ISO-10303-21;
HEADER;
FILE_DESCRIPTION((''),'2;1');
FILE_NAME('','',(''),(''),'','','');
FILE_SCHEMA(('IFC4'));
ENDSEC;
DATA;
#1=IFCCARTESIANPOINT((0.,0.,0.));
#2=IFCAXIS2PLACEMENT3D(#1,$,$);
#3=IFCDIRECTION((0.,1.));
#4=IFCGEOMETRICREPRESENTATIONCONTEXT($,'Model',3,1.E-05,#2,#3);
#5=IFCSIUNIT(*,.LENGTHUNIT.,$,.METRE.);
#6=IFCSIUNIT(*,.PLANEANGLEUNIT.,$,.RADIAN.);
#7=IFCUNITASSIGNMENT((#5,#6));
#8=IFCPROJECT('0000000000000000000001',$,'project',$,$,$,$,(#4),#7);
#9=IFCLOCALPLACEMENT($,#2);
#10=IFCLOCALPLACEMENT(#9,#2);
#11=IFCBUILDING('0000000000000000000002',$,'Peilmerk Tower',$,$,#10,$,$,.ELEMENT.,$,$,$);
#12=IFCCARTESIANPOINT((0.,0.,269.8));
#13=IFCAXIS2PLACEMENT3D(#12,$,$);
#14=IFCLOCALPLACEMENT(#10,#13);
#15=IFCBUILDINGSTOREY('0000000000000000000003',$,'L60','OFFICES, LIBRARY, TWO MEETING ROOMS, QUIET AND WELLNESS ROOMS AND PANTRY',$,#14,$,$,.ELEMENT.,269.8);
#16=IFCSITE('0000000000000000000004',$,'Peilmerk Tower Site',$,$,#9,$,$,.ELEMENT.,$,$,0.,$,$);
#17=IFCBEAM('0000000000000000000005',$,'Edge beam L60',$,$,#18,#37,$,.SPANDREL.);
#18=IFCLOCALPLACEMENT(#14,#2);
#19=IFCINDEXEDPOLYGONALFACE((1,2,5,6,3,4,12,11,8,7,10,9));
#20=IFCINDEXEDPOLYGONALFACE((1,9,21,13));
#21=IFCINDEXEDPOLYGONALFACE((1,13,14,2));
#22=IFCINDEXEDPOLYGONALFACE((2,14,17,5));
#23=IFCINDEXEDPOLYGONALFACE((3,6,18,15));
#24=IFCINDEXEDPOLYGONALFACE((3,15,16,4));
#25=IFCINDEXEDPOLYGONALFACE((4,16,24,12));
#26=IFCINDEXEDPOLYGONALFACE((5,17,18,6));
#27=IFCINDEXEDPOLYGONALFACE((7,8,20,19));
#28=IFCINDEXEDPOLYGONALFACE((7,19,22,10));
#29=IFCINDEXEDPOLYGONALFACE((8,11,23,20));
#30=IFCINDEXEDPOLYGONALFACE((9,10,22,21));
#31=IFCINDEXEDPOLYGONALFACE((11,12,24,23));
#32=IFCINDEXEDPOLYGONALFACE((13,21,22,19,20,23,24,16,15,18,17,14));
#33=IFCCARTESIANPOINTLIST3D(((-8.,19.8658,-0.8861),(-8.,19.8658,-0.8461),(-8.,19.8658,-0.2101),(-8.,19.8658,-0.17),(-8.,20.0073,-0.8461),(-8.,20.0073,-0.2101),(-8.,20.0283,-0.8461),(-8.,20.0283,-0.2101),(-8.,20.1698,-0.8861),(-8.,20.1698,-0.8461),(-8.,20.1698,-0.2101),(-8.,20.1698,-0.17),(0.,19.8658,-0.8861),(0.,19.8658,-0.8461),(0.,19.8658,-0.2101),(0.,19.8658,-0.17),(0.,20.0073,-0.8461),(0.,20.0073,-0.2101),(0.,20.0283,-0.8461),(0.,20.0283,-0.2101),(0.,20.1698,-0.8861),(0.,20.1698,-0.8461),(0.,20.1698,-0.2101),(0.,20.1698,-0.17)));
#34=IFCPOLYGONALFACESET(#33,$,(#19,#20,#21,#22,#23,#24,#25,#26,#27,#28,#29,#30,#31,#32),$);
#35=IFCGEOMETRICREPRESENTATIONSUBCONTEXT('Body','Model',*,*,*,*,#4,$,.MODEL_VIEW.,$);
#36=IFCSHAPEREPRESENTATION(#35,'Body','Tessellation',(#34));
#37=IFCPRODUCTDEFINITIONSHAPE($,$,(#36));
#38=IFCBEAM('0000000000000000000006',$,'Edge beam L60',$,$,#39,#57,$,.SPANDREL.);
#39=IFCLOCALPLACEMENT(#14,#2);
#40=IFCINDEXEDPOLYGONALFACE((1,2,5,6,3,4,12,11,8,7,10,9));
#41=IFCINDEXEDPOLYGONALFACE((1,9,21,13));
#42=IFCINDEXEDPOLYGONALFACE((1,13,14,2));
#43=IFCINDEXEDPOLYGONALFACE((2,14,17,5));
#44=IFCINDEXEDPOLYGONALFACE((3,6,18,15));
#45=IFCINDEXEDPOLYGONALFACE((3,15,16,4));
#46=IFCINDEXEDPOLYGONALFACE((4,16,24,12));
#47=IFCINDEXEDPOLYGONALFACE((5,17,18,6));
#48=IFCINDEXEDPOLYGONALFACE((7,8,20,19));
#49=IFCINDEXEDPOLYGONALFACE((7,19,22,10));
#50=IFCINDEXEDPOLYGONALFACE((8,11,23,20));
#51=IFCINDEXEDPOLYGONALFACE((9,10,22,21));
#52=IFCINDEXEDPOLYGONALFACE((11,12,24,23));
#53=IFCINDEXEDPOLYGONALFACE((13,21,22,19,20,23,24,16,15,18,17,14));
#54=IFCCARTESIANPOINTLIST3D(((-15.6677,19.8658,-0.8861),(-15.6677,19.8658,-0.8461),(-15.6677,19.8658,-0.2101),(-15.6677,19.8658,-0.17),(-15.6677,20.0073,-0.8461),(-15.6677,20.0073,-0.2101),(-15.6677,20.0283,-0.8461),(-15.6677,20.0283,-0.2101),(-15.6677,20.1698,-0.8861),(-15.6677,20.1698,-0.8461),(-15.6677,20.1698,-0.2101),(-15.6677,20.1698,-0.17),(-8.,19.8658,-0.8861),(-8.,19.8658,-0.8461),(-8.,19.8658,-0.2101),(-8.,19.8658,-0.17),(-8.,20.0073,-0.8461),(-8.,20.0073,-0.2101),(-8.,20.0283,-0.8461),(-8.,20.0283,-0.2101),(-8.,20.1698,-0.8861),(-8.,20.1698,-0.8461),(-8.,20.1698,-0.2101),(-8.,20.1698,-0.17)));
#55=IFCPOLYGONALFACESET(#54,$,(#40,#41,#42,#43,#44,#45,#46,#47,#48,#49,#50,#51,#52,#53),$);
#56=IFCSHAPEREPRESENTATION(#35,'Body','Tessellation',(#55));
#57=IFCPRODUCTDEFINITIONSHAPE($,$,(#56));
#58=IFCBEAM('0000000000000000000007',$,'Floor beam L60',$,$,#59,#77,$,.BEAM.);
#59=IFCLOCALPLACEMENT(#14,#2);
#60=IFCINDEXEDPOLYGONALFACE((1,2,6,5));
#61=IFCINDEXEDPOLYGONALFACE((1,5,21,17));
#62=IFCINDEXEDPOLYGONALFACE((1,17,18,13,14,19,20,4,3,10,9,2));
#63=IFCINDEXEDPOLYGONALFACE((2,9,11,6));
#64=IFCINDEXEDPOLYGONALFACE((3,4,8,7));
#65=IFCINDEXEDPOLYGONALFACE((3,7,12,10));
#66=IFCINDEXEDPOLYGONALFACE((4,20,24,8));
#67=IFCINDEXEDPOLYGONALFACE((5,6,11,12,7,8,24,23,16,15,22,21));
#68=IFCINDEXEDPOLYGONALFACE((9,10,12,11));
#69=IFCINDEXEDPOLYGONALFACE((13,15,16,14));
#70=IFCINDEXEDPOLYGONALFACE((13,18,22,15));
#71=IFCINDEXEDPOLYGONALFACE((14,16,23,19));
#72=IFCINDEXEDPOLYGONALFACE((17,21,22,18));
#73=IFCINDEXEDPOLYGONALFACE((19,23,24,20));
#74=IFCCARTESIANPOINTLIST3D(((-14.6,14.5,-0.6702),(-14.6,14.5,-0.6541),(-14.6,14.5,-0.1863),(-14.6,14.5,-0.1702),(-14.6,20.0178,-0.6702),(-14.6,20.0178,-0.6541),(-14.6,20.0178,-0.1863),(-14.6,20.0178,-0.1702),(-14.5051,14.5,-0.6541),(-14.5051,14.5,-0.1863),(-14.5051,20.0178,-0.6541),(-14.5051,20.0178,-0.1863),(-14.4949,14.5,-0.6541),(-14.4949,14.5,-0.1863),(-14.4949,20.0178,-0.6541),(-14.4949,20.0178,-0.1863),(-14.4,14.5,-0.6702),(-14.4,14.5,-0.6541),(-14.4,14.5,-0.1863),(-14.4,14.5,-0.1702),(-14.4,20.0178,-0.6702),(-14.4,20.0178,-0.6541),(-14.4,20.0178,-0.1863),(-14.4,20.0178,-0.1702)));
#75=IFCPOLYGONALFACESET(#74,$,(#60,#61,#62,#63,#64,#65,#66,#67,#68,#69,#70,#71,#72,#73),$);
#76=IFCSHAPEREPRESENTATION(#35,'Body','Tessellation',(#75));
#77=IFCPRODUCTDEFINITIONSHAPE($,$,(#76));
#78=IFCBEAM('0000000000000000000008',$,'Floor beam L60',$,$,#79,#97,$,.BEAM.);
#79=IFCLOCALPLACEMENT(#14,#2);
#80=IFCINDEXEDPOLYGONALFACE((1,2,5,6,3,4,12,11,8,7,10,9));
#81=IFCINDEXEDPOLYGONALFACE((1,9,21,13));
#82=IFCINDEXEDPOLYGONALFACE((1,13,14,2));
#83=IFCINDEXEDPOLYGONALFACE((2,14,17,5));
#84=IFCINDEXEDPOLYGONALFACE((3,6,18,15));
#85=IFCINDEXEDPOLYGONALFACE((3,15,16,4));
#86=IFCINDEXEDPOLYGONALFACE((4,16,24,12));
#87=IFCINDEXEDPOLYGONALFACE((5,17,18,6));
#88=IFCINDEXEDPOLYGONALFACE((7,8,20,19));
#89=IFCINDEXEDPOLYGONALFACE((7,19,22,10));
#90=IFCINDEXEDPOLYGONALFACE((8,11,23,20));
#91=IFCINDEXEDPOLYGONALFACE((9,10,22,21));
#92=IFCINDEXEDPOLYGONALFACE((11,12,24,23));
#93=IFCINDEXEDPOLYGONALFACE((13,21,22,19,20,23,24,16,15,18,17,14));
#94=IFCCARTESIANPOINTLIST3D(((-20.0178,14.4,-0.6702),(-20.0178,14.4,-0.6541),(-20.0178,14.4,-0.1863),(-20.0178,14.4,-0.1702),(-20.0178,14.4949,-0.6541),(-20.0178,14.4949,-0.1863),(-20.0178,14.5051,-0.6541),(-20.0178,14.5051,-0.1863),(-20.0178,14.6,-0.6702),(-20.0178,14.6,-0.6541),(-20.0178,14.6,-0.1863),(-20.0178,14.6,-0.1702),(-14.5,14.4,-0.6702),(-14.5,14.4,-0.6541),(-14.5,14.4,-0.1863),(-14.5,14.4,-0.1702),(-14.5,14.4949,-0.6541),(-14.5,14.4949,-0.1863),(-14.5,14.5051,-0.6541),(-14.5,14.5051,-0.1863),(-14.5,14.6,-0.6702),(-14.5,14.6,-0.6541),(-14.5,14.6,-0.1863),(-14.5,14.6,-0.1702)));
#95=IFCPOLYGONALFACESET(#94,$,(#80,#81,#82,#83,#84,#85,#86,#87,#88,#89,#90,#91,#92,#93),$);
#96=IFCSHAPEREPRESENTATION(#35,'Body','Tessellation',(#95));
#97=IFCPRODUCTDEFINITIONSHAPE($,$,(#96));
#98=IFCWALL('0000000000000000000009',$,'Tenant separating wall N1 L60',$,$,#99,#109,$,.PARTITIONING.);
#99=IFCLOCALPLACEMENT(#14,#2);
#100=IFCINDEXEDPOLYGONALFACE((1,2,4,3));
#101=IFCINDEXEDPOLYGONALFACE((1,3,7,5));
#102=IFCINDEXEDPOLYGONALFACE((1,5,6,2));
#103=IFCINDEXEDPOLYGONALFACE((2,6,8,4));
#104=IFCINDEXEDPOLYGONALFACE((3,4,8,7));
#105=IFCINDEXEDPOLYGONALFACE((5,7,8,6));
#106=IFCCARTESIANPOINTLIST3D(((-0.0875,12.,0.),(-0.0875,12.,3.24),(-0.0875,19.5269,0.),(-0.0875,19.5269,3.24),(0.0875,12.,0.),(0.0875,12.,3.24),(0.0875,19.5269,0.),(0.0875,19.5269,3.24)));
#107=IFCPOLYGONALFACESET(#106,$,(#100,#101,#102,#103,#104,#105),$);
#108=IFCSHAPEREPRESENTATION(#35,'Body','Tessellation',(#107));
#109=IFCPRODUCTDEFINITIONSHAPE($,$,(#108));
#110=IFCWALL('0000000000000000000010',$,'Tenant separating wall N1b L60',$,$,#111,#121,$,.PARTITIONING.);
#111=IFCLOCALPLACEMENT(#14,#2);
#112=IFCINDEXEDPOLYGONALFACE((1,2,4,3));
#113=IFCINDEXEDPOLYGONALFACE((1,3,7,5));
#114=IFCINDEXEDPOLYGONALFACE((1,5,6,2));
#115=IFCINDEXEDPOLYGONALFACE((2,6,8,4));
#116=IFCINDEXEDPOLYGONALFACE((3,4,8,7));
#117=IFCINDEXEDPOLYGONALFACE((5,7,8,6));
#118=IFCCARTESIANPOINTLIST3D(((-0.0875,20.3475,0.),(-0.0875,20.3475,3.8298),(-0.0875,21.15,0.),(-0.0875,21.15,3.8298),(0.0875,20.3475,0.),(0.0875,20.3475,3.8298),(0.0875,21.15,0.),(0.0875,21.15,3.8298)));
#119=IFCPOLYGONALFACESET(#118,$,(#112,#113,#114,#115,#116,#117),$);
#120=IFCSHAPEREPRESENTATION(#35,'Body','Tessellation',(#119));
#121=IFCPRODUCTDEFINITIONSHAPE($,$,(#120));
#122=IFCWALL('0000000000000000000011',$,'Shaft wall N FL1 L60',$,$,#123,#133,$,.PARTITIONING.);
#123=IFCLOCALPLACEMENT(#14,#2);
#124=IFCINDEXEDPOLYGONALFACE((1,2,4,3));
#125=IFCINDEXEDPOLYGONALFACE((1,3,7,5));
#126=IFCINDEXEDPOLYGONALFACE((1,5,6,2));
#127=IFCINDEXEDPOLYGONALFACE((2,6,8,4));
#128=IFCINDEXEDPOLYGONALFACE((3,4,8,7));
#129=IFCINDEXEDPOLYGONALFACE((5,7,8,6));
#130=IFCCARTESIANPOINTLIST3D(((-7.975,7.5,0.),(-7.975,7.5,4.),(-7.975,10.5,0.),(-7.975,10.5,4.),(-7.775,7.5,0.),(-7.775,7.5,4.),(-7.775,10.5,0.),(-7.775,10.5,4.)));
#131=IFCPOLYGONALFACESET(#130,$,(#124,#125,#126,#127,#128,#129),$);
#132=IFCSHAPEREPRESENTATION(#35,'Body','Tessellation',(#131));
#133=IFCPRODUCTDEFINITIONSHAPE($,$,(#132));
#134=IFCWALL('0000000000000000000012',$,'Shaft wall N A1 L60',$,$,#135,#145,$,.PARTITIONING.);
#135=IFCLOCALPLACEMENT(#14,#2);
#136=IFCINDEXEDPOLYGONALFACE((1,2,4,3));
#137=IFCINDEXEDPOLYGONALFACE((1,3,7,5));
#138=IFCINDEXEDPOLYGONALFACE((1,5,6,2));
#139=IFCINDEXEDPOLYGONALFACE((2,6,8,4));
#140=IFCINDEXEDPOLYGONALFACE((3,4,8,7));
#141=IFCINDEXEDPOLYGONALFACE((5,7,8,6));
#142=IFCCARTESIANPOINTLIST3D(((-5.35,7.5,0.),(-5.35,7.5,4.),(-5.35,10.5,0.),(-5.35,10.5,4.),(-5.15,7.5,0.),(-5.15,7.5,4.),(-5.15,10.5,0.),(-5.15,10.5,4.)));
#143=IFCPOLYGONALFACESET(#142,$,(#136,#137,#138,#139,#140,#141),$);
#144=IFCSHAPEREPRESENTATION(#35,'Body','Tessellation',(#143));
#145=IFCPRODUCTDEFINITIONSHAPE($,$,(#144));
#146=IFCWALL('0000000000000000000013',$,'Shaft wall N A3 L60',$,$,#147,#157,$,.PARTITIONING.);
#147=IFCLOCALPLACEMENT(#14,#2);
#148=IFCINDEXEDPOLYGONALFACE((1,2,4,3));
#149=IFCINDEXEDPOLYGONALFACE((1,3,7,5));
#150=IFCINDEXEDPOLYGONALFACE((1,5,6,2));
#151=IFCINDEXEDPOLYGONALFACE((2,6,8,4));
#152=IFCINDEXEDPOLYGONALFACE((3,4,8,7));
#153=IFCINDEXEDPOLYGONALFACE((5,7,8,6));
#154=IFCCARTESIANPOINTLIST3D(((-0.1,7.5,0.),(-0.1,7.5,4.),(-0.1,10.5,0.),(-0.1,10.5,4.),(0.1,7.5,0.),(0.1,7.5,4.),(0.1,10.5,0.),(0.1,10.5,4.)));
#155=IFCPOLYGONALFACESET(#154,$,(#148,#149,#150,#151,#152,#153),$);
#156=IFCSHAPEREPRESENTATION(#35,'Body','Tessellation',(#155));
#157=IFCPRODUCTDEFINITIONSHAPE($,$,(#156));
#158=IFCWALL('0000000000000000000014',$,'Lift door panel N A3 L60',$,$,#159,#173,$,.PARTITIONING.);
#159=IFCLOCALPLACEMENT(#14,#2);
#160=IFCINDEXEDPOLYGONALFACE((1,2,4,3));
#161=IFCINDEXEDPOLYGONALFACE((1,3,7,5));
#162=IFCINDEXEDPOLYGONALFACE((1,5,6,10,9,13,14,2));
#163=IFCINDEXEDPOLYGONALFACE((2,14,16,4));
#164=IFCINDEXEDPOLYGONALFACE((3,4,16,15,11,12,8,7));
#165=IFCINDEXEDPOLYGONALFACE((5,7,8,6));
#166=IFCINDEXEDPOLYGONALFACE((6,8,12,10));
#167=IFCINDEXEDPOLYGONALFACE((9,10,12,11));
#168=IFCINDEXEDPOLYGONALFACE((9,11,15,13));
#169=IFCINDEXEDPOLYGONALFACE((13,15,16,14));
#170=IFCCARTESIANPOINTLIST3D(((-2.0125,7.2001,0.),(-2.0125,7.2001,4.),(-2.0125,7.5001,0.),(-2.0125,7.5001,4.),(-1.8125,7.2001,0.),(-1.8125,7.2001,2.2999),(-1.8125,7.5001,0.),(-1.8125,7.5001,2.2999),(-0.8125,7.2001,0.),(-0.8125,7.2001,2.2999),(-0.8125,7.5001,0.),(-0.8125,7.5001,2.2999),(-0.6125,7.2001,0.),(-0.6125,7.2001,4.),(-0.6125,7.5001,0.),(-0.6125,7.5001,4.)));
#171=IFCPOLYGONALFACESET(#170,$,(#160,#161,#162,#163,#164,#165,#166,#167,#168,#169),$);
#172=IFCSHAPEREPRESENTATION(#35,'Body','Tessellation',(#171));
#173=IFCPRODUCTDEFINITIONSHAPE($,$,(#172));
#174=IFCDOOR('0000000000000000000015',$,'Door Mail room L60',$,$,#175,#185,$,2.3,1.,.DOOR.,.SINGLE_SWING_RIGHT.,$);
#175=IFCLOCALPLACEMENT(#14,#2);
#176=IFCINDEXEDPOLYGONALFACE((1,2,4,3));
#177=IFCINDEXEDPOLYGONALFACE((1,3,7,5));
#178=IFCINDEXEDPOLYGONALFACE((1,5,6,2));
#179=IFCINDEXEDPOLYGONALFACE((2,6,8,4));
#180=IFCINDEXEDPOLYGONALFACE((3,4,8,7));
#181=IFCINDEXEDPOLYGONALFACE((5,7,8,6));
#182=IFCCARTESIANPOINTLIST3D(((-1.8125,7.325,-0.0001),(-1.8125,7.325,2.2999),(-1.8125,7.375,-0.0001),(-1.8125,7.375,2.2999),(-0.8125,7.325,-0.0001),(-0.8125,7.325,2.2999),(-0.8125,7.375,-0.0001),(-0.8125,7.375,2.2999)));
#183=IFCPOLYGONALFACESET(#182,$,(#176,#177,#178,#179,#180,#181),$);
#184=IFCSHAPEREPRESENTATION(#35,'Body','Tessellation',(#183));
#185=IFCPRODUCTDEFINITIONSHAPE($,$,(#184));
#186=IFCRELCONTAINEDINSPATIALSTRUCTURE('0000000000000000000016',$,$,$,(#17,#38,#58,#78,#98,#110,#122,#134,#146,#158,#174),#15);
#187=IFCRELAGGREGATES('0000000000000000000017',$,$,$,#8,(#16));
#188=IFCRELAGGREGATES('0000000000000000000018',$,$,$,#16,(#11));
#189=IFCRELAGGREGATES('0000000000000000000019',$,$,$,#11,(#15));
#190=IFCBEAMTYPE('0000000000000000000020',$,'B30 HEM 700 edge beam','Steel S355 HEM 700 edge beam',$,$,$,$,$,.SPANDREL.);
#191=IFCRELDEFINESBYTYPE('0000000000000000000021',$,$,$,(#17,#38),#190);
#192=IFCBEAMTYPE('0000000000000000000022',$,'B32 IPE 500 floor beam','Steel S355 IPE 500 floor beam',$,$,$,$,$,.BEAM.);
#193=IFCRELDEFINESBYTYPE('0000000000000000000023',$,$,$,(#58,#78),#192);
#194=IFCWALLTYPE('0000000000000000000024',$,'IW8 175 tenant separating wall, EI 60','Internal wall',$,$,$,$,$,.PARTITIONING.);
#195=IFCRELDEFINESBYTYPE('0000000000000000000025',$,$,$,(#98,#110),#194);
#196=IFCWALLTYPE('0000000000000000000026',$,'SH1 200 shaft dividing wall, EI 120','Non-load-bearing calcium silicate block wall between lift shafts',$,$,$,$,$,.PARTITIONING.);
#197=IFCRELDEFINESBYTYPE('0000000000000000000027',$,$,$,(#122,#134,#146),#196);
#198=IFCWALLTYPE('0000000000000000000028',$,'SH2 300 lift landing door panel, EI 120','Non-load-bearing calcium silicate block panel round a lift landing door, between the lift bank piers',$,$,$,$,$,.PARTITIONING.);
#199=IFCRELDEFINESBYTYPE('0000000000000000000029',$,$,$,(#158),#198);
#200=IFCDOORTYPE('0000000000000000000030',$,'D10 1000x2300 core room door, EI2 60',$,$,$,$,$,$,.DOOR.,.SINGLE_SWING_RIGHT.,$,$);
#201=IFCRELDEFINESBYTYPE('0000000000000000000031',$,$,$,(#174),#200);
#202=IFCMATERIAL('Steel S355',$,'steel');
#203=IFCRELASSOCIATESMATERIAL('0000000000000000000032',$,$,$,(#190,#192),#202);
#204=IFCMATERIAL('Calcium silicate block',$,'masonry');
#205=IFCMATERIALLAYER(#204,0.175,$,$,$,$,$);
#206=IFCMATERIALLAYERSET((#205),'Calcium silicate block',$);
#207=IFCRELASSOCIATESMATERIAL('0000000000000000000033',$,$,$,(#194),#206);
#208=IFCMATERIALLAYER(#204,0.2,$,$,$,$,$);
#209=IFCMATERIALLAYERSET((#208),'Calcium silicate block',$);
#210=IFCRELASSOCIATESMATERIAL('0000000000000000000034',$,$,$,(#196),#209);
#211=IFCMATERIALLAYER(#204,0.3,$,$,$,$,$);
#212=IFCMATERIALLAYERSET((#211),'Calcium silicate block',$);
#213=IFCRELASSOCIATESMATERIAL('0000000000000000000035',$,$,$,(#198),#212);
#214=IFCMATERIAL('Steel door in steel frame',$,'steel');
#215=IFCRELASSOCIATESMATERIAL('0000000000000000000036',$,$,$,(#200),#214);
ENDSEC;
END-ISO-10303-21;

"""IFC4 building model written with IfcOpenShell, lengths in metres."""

from ifc_helpers import new_model, si_unit, direction, frame, frame_2d, origin, origin_2d, place, context, subcontext, project, spatial, rectangle, i_section, extrude, material, layer, layer_set, material_profile, profile_set, type_object, element, fill, save


model = new_model("IFC4")

# Units and contexts
model_context = context("Model", 3, precision=1e-05, world=origin(), true_north=direction((0.0, 1.0)))
body_context = subcontext(model_context, "Body", "Model", "MODEL_VIEW")
ifc_project = project(units=[si_unit("LENGTHUNIT", "METRE"), si_unit("PLANEANGLEUNIT", "RADIAN")], contexts=[model_context])

# Site, building, storey
site_placement = place(None, origin())
site = spatial("IfcSite", under=ifc_project, at=site_placement, Name="Peilmerk Tower Site", CompositionType="ELEMENT", RefElevation=0.0)
building_placement = place(site_placement, origin())
building = spatial("IfcBuilding", under=site, at=building_placement, Name="Peilmerk Tower", CompositionType="ELEMENT")
storey_placement = place(building_placement, frame((0.0, 0.0, 269.8)))
storey = spatial("IfcBuildingStorey", under=building, at=storey_placement, Name="L60", Description="OFFICES, LIBRARY, TWO MEETING ROOMS, QUIET AND WELLNESS ROOMS AND PANTRY", CompositionType="ELEMENT", Elevation=269.8)

# Beams
ifc_material_1 = material(Name="Steel S355", Category="steel")
ifc_material_profile_1 = material_profile(ifc_material_1, i_section(OverallWidth=0.304, OverallDepth=0.7161, WebThickness=0.021, FlangeThickness=0.04, at=origin_2d()), Name="HEM 700")
ifc_profile_set_1 = profile_set([ifc_material_profile_1], Name="Steel S355")
beam_type_1 = type_object("IfcBeamType", Name="B30 HEM 700 edge beam", Description="Steel S355 HEM 700 edge beam", PredefinedType="SPANDREL", material=ifc_profile_set_1)
beam_1_placement = place(storey_placement, frame((0.0, 20.0178, -0.5281), z_axis=(-1.0, 0.0, 0.0), x_axis=(0.0, -1.0, 0.0)))
element("IfcBeam", 1, at=beam_1_placement, inside=storey, type_object=beam_type_1, Name="Edge beam L60", PredefinedType="SPANDREL", context=body_context, shape_type="SweptSolid", body=[
    extrude(i_section(OverallWidth=0.304, OverallDepth=0.7161, WebThickness=0.021, FlangeThickness=0.04, at=origin_2d()), origin(), (0.0, 0.0, 1.0), 8.0),
])
beam_2_placement = place(storey_placement, frame((-8.0, 20.0178, -0.5281), z_axis=(-1.0, 0.0, 0.0), x_axis=(0.0, -1.0, 0.0)))
element("IfcBeam", 2, at=beam_2_placement, inside=storey, type_object=beam_type_1, Name="Edge beam L60", PredefinedType="SPANDREL", context=body_context, shape_type="SweptSolid", body=[
    extrude(i_section(OverallWidth=0.304, OverallDepth=0.7161, WebThickness=0.021, FlangeThickness=0.04, at=origin_2d()), origin(), (0.0, 0.0, 1.0), 7.6677),
])
ifc_material_profile_2 = material_profile(ifc_material_1, i_section(OverallWidth=0.2, OverallDepth=0.5, WebThickness=0.0103, FlangeThickness=0.0161, at=origin_2d()), Name="IPE 500")
ifc_profile_set_2 = profile_set([ifc_material_profile_2], Name="Steel S355")
beam_type_2 = type_object("IfcBeamType", Name="B32 IPE 500 floor beam", Description="Steel S355 IPE 500 floor beam", PredefinedType="BEAM", material=ifc_profile_set_2)
for number, where, z_axis, x_axis, name in (
    (3, (-14.5, 14.5, -0.4202), (0.0, 1.0, 0.0), (-1.0, 0.0, 0.0), "Floor beam L60"),
    (4, (-14.5, 14.5, -0.4202), (-1.0, 0.0, 0.0), (0.0, -1.0, 0.0), "Floor beam L60"),
):
    element("IfcBeam", number, at=place(storey_placement, frame(where, z_axis=z_axis, x_axis=x_axis)), inside=storey, type_object=beam_type_2, Name=name, PredefinedType="BEAM", context=body_context, shape_type="SweptSolid", body=[
        extrude(i_section(OverallWidth=0.2, OverallDepth=0.5, WebThickness=0.0103, FlangeThickness=0.0161, at=origin_2d()), origin(), (0.0, 0.0, 1.0), 5.5178),
    ])

# Walls
ifc_material_2 = material(Name="Calcium silicate block", Category="masonry")
ifc_layer_1 = layer(ifc_material_2, 0.175)
ifc_layer_set_1 = layer_set([ifc_layer_1], Name="Calcium silicate block")
wall_type_1 = type_object("IfcWallType", Name="IW8 175 tenant separating wall, EI 60", Description="Internal wall", PredefinedType="PARTITIONING", material=ifc_layer_set_1)
wall_1_placement = place(storey_placement, frame((0.0, 12.0, 0.0), z_axis=(0.0, 0.0, 1.0), x_axis=(0.0, 1.0, 0.0)))
element("IfcWall", 5, at=wall_1_placement, inside=storey, type_object=wall_type_1, Name="Tenant separating wall N1 L60", PredefinedType="PARTITIONING", context=body_context, shape_type="SweptSolid", body=[
    extrude(rectangle(XDim=7.5269, YDim=0.175, at=frame_2d((3.7634, 0.0))), origin(), (0.0, 0.0, 1.0), 3.24),
])
wall_2_placement = place(storey_placement, frame((0.0, 20.3474, 0.0), z_axis=(0.0, 0.0, 1.0), x_axis=(0.0, 1.0, 0.0)))
element("IfcWall", 6, at=wall_2_placement, inside=storey, type_object=wall_type_1, Name="Tenant separating wall N1b L60", PredefinedType="PARTITIONING", context=body_context, shape_type="SweptSolid", body=[
    extrude(rectangle(XDim=0.8025, YDim=0.175, at=frame_2d((0.4014, 0.0))), origin(), (0.0, 0.0, 1.0), 3.8298),
])
ifc_layer_2 = layer(ifc_material_2, 0.2)
ifc_layer_set_2 = layer_set([ifc_layer_2], Name="Calcium silicate block")
wall_type_2 = type_object("IfcWallType", Name="SH1 200 shaft dividing wall, EI 120", Description="Non-load-bearing calcium silicate block wall between lift shafts", PredefinedType="PARTITIONING", material=ifc_layer_set_2)
for number, where, z_axis, x_axis, name in (
    (7, (-7.875, 7.5, 0.0), (0.0, 0.0, 1.0), (0.0, 1.0, 0.0), "Shaft wall N FL1 L60"),
    (8, (-5.25, 7.5, 0.0), (0.0, 0.0, 1.0), (0.0, 1.0, 0.0), "Shaft wall N A1 L60"),
    (9, (0.0, 7.5, 0.0), (0.0, 0.0, 1.0), (0.0, 1.0, 0.0), "Shaft wall N A3 L60"),
):
    element("IfcWall", number, at=place(storey_placement, frame(where, z_axis=z_axis, x_axis=x_axis)), inside=storey, type_object=wall_type_2, Name=name, PredefinedType="PARTITIONING", context=body_context, shape_type="SweptSolid", body=[
        extrude(rectangle(XDim=3.0, YDim=0.2, at=frame_2d((1.5, 0.0))), origin(), (0.0, 0.0, 1.0), 4.0),
    ])

# Wall, opening, door
ifc_layer_3 = layer(ifc_material_2, 0.3)
ifc_layer_set_3 = layer_set([ifc_layer_3], Name="Calcium silicate block")
wall_type_3 = type_object("IfcWallType", Name="SH2 300 lift landing door panel, EI 120", Description="Non-load-bearing calcium silicate block panel round a lift landing door, between the lift bank piers", PredefinedType="PARTITIONING", material=ifc_layer_set_3)
wall_3_placement = place(storey_placement, frame((-2.0125, 7.3501, 0.0), z_axis=(0.0, 0.0, 1.0), x_axis=(1.0, 0.0, 0.0)))
wall_3 = element("IfcWall", 10, at=wall_3_placement, inside=storey, type_object=wall_type_3, Name="Lift door panel N A3 L60", PredefinedType="PARTITIONING", context=body_context, shape_type="SweptSolid", body=[
    extrude(rectangle(XDim=1.3999, YDim=0.3, at=frame_2d((0.7, 0.0))), origin(), (0.0, 0.0, 1.0), 4.0),
])
opening_placement = place(wall_3_placement, frame((0.2, 0.0, 0.0)))
opening = element("IfcOpeningElement", 11, at=opening_placement, cuts=wall_3, PredefinedType="OPENING", context=body_context, shape_type="SweptSolid", body=[
    extrude(rectangle(XDim=1.0, YDim=2.3, at=frame_2d((0.5, 1.1499))), frame((0.0, 0.1599, 0.0), z_axis=(0.0, -1.0, 0.0), x_axis=(1.0, 0.0, 0.0)), (0.0, 0.0, 1.0), 0.3201),
])
ifc_material_3 = material(Name="Steel door in steel frame", Category="steel")
door_type = type_object("IfcDoorType", Name="D10 1000x2300 core room door, EI2 60", OperationType="SINGLE_SWING_RIGHT", PredefinedType="DOOR", material=ifc_material_3)
door_placement = place(opening_placement, origin())
door = element("IfcDoor", 12, at=door_placement, inside=storey, type_object=door_type, Name="Door Mail room L60", OperationType="SINGLE_SWING_RIGHT", OverallHeight=2.3, OverallWidth=1.0, PredefinedType="DOOR", context=body_context, shape_type="SweptSolid", body=[
    extrude(rectangle(XDim=1.0, YDim=2.3, at=frame_2d((0.5, 1.1499))), frame((0.0, 0.0249, 0.0), z_axis=(0.0, -1.0, 0.0), x_axis=(1.0, 0.0, 0.0)), (0.0, 0.0, 1.0), 0.05),
])
fill(opening, door)

save(model, "model.ifc")
